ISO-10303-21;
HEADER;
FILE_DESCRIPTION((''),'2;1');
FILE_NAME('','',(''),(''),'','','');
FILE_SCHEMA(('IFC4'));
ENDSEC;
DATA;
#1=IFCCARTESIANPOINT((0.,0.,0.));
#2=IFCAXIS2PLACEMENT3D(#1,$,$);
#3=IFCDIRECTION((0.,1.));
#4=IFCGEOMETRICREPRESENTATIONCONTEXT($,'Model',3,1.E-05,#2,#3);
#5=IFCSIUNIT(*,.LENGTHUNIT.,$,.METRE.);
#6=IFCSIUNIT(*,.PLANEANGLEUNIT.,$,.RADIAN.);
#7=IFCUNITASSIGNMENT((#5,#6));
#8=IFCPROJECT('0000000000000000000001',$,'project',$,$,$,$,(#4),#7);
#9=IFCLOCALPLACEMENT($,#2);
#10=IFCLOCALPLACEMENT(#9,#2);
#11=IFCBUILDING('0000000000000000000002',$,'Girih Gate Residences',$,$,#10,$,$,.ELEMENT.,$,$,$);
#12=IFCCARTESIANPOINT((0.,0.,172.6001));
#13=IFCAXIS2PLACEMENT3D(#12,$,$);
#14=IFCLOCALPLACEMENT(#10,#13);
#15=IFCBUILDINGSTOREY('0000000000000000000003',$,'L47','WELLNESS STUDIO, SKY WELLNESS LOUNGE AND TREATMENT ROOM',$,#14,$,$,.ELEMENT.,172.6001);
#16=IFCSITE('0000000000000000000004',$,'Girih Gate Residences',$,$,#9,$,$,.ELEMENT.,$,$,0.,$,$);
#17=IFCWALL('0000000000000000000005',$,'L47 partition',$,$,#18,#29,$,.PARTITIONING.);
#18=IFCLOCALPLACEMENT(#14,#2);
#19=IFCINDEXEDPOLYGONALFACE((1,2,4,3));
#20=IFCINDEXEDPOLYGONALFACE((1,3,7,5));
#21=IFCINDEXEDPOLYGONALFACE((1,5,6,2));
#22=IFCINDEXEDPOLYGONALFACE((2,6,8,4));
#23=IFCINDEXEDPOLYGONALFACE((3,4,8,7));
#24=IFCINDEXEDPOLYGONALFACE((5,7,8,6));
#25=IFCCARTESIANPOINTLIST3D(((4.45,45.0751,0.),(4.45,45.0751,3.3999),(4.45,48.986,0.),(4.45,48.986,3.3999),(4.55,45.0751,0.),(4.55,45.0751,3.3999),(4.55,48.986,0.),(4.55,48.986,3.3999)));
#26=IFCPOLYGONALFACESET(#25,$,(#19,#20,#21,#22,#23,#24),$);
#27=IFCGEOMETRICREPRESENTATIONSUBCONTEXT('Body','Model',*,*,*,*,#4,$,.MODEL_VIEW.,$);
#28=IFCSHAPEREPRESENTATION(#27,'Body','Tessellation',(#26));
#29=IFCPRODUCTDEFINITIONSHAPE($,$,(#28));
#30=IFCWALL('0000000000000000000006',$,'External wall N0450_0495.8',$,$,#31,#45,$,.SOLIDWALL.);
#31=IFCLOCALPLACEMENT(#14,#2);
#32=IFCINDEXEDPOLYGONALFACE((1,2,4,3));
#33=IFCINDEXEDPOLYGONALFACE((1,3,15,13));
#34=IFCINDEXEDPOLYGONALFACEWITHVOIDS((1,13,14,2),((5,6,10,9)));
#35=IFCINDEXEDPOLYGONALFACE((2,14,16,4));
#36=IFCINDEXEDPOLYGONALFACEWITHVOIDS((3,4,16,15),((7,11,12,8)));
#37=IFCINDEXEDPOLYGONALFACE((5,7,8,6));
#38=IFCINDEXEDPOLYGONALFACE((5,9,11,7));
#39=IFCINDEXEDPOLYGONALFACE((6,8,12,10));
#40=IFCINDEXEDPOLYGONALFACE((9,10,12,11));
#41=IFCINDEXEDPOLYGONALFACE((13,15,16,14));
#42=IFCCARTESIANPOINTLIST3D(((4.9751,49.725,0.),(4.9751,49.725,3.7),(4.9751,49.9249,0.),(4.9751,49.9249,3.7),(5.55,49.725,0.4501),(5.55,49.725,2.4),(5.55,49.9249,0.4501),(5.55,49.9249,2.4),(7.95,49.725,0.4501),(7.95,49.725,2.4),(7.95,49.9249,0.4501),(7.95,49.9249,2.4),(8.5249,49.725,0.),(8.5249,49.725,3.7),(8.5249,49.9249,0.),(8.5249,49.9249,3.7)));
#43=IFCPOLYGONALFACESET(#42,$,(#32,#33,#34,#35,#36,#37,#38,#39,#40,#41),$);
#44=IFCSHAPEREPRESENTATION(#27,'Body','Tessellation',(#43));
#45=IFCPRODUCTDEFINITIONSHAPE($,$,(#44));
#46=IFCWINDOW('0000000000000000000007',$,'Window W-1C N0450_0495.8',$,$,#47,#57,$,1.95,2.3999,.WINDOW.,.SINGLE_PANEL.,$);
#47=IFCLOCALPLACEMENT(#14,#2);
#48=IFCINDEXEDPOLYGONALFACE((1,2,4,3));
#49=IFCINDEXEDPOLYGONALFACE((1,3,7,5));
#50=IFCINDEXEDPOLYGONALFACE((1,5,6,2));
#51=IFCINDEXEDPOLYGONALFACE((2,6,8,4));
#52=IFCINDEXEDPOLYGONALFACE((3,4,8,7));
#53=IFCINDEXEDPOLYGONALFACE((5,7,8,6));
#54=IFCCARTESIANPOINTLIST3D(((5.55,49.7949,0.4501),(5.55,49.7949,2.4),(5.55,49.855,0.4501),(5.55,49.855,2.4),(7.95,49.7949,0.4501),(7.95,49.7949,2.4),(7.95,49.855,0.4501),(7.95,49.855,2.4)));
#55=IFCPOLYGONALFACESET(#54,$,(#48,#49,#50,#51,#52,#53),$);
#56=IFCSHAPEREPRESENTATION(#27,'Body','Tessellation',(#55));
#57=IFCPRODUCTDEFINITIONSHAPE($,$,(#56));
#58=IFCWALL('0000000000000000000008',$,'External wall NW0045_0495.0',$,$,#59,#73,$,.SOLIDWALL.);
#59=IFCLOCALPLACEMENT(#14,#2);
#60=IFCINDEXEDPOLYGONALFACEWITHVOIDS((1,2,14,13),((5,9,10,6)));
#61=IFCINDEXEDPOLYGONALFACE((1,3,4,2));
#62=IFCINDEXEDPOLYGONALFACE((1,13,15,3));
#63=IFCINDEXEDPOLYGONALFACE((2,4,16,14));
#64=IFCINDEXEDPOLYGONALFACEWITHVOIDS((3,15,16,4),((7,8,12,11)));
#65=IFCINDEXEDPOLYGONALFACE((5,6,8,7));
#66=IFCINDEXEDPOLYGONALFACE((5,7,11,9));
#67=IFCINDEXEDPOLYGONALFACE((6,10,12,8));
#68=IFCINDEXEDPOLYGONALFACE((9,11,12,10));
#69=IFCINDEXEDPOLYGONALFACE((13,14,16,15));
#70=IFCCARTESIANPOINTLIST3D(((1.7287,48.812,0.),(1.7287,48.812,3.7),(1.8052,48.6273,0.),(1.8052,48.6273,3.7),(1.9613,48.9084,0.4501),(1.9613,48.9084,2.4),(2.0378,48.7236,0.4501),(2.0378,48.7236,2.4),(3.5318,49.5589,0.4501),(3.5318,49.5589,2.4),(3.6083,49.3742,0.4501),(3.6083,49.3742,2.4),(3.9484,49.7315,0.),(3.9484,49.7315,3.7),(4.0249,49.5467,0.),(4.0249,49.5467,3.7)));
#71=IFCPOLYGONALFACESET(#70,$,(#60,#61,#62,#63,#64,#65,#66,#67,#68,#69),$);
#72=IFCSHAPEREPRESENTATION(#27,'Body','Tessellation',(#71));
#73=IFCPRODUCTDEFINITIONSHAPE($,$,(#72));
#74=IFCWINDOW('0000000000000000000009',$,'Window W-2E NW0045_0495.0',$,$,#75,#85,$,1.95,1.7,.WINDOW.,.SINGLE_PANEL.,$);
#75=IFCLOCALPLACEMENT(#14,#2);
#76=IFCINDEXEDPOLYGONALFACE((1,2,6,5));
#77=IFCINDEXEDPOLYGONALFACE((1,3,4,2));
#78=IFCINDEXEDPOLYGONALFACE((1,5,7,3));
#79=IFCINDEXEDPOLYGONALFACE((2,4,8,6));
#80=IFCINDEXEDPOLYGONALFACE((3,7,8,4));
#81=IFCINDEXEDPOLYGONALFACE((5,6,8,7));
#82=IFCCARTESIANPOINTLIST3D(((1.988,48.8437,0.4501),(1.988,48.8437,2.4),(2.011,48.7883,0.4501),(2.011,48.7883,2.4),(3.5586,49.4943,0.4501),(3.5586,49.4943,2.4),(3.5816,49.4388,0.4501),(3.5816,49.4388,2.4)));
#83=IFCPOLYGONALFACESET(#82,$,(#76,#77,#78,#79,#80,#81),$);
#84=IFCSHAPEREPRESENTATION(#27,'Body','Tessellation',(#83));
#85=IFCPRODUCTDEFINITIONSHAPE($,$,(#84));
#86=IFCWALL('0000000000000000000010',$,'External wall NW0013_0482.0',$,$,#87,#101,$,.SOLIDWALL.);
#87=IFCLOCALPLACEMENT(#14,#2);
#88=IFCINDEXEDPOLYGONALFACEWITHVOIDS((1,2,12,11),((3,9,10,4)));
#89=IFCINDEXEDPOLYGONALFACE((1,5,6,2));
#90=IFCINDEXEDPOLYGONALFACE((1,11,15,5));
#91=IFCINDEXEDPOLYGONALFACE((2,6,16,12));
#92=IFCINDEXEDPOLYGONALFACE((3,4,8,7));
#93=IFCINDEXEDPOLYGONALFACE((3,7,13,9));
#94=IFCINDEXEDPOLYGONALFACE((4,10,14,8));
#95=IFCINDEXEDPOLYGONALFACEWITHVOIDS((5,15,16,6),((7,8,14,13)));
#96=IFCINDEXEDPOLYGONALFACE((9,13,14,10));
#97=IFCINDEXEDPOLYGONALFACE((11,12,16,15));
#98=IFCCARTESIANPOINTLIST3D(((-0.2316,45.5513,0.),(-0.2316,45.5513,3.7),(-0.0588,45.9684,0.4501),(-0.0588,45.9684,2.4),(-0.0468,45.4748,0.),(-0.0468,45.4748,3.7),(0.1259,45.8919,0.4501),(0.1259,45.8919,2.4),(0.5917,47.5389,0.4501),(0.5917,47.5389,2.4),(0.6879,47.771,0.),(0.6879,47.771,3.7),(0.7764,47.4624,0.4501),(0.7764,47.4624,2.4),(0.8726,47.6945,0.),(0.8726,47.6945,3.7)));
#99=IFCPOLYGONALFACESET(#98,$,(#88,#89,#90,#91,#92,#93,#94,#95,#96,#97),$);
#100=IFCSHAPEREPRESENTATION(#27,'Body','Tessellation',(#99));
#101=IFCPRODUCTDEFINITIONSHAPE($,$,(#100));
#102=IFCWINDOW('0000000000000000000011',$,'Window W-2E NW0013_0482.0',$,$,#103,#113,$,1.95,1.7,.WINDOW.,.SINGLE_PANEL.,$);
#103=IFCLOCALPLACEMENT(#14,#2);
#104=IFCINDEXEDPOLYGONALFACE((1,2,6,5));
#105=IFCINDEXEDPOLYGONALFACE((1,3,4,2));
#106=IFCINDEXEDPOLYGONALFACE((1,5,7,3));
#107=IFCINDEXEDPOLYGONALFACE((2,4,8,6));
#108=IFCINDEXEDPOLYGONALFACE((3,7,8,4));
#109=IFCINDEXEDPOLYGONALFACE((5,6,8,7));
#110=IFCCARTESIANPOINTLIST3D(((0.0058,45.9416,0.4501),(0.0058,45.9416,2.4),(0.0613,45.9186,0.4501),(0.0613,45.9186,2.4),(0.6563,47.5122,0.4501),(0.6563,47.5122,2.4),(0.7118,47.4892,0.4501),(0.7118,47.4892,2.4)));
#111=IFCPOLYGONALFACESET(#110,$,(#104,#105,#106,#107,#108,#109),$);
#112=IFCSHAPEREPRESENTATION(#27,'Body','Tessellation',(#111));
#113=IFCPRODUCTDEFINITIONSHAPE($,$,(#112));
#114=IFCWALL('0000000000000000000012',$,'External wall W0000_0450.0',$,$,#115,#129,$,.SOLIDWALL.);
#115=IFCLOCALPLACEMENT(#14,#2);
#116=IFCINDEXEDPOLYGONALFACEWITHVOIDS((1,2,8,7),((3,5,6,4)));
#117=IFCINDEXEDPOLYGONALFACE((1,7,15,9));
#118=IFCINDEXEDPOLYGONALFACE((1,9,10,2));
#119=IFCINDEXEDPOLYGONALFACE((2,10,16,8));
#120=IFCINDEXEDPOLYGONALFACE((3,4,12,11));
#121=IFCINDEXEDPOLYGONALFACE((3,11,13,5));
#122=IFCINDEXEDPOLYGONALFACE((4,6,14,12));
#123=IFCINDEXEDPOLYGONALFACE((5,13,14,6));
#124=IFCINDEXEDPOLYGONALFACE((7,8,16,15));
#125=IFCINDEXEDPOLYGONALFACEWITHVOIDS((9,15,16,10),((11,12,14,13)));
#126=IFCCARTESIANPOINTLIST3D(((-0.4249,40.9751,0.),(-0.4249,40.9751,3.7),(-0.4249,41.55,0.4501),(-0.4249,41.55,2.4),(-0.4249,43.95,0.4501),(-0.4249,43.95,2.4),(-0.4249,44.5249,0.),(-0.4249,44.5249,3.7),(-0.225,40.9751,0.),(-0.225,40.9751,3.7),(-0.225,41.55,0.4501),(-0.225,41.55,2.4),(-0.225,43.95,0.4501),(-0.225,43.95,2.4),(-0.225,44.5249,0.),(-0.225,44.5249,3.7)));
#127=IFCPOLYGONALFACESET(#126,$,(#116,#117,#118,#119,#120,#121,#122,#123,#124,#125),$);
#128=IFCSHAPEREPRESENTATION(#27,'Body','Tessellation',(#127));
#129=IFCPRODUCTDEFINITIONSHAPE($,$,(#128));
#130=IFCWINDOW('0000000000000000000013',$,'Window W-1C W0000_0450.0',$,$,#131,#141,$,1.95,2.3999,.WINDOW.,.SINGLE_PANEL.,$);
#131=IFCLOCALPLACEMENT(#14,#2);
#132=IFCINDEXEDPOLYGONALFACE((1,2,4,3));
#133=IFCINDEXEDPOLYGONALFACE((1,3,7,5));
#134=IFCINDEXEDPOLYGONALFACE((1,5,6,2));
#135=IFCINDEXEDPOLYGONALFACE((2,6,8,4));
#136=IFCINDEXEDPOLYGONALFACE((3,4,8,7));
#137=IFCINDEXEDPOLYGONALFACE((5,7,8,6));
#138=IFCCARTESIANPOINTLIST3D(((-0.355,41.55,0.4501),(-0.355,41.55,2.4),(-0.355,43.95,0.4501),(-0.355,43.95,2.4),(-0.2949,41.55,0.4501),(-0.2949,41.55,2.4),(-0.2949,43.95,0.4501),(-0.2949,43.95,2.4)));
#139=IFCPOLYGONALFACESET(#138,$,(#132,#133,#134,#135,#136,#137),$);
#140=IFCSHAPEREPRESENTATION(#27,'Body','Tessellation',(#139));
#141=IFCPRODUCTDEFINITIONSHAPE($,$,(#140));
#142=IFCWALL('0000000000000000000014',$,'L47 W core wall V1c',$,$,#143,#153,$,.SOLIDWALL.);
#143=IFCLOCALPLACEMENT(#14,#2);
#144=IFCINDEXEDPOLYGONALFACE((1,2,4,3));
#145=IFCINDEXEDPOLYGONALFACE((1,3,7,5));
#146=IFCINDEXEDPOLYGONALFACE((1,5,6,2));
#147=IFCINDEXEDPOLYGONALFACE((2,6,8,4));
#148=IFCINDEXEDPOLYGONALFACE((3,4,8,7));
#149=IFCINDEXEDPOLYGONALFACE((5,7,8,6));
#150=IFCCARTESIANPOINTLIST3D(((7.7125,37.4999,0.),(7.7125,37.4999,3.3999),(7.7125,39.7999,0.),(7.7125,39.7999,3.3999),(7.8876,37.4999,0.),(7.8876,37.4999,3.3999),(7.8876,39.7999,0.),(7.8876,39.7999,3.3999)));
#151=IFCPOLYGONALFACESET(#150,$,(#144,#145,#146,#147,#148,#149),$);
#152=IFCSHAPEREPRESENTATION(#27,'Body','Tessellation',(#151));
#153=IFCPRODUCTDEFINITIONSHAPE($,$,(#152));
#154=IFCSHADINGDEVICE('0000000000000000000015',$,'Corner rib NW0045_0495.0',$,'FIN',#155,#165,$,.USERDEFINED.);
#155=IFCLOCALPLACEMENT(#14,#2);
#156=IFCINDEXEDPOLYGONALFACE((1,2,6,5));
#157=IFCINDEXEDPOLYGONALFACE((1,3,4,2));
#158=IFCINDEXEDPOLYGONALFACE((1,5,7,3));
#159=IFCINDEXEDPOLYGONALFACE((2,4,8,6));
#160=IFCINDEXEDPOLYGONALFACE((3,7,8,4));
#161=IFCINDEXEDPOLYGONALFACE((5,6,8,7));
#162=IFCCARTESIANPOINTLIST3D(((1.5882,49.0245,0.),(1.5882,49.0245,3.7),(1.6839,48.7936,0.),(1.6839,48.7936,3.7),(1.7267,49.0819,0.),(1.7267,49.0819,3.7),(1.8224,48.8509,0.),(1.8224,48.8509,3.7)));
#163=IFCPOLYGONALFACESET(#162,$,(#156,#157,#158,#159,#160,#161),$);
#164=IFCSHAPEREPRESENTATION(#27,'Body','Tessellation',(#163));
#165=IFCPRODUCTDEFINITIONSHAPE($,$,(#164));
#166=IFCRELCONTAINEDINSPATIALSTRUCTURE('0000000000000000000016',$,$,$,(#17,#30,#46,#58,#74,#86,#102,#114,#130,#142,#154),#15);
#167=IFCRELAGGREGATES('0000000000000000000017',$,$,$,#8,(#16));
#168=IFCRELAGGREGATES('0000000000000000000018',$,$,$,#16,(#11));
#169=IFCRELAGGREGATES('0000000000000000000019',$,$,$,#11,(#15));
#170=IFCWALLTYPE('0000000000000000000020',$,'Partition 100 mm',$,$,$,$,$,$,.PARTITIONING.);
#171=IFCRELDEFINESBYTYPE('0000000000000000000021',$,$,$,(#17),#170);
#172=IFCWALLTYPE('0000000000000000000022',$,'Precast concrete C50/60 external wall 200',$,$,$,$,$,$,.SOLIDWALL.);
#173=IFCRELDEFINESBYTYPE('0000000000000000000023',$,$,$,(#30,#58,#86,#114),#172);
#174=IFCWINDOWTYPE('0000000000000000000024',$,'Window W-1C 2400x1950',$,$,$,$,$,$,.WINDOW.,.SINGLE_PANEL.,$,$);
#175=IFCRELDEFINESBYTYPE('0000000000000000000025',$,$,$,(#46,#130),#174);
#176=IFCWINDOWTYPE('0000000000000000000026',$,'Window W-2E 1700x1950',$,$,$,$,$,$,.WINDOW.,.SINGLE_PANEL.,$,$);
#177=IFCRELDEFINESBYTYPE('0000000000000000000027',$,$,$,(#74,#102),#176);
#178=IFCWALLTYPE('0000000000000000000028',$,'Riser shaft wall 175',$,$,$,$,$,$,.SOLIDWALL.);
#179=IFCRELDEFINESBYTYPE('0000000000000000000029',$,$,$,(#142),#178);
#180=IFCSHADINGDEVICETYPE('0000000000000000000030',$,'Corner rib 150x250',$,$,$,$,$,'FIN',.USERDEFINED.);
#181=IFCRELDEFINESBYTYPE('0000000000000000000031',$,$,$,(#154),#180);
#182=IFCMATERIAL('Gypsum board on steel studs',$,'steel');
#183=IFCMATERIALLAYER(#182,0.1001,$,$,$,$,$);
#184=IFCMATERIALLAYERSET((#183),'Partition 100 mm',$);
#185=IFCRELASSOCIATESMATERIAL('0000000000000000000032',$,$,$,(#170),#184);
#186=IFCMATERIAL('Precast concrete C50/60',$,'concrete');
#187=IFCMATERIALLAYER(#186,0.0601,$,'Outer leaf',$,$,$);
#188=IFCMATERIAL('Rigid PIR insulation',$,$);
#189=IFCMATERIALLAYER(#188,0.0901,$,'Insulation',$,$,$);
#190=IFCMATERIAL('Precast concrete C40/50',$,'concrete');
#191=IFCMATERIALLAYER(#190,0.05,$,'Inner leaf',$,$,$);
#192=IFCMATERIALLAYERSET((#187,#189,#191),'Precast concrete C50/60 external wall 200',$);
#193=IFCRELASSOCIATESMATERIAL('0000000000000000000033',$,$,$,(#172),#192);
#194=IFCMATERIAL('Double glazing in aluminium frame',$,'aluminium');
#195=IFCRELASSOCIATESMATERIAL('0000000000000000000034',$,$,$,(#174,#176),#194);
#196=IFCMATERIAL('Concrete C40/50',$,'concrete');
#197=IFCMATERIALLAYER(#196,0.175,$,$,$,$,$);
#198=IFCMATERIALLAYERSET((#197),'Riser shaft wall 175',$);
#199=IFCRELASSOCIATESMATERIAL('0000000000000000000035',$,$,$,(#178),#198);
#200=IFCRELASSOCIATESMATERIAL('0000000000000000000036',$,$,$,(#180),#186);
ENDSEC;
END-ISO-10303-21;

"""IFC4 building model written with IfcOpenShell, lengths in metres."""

from ifc_helpers import new_model, si_unit, direction, frame, frame_2d, origin, origin_2d, place, context, subcontext, project, spatial, rectangle, extrude, material, layer, layer_set, type_object, element, fill, save


model = new_model("IFC4")

# Units and contexts
model_context = context("Model", 3, precision=1e-05, world=origin(), true_north=direction((0.0, 1.0)))
body_context = subcontext(model_context, "Body", "Model", "MODEL_VIEW")
ifc_project = project(units=[si_unit("LENGTHUNIT", "METRE"), si_unit("PLANEANGLEUNIT", "RADIAN")], contexts=[model_context])

# Site, building, storey
site_placement = place(None, origin())
site = spatial("IfcSite", under=ifc_project, at=site_placement, Name="Girih Gate Residences", CompositionType="ELEMENT", RefElevation=0.0)
building_placement = place(site_placement, origin())
building = spatial("IfcBuilding", under=site, at=building_placement, Name="Girih Gate Residences", CompositionType="ELEMENT")
storey_placement = place(building_placement, frame((0.0, 0.0, 172.6001)))
storey = spatial("IfcBuildingStorey", under=building, at=storey_placement, Name="L47", Description="WELLNESS STUDIO, SKY WELLNESS LOUNGE AND TREATMENT ROOM", CompositionType="ELEMENT", Elevation=172.6001)

# Shared definitions
ifc_material_1 = material(Name="Gypsum board on steel studs", Category="steel")

# Wall
ifc_layer_1 = layer(ifc_material_1, 0.1001)
ifc_layer_set_1 = layer_set([ifc_layer_1], Name="Partition 100 mm")
wall_type_1 = type_object("IfcWallType", Name="Partition 100 mm", PredefinedType="PARTITIONING", material=ifc_layer_set_1)
wall_1_placement = place(storey_placement, frame((4.5, 45.075, 0.0), z_axis=(0.0, 0.0, 1.0), x_axis=(0.0, 1.0, 0.0)))
element("IfcWall", 1, at=wall_1_placement, inside=storey, type_object=wall_type_1, Name="L47 partition", PredefinedType="PARTITIONING", context=body_context, shape_type="SweptSolid", body=[
    extrude(rectangle(XDim=3.9109, YDim=0.1001, at=frame_2d((1.9556, 0.0))), origin(), (0.0, 0.0, 1.0), 3.3999),
])

# Walls, openings, windows
ifc_material_2 = material(Name="Precast concrete C50/60", Category="concrete")
ifc_layer_2 = layer(ifc_material_2, 0.0601, Name="Outer leaf")
ifc_material_3 = material(Name="Rigid PIR insulation")
ifc_layer_3 = layer(ifc_material_3, 0.0901, Name="Insulation")
ifc_material_4 = material(Name="Precast concrete C40/50", Category="concrete")
ifc_layer_4 = layer(ifc_material_4, 0.05, Name="Inner leaf")
ifc_layer_set_2 = layer_set([ifc_layer_2, ifc_layer_3, ifc_layer_4], Name="Precast concrete C50/60 external wall 200")
wall_type_2 = type_object("IfcWallType", Name="Precast concrete C50/60 external wall 200", PredefinedType="SOLIDWALL", material=ifc_layer_set_2)
wall_2_placement = place(storey_placement, frame((4.9751, 49.825, 0.0), z_axis=(0.0, 0.0, 1.0), x_axis=(1.0, 0.0, 0.0)))
wall_2 = element("IfcWall", 2, at=wall_2_placement, inside=storey, type_object=wall_type_2, Name="External wall N0450_0495.8", PredefinedType="SOLIDWALL", context=body_context, shape_type="SweptSolid", body=[
    extrude(rectangle(XDim=3.5498, YDim=0.2, at=frame_2d((1.7749, 0.0))), origin(), (0.0, 0.0, 1.0), 3.7),
])
opening_1_placement = place(wall_2_placement, frame((0.575, 0.0, 0.45)))
opening_1 = element("IfcOpeningElement", 3, at=opening_1_placement, cuts=wall_2, PredefinedType="OPENING", context=body_context, shape_type="SweptSolid", body=[
    extrude(rectangle(XDim=2.3999, YDim=1.95, at=frame_2d((1.2, 0.9751))), frame((0.0, 0.1099, 0.0), z_axis=(0.0, -1.0, 0.0), x_axis=(1.0, 0.0, 0.0)), (0.0, 0.0, 1.0), 0.22),
])
ifc_material_5 = material(Name="Double glazing in aluminium frame", Category="aluminium")
window_type_1 = type_object("IfcWindowType", Name="Window W-1C 2400x1950", PartitioningType="SINGLE_PANEL", PredefinedType="WINDOW", material=ifc_material_5)
window_1_placement = place(opening_1_placement, origin())
window_1 = element("IfcWindow", 4, at=window_1_placement, inside=storey, type_object=window_type_1, Name="Window W-1C N0450_0495.8", OverallHeight=1.95, OverallWidth=2.3999, PartitioningType="SINGLE_PANEL", PredefinedType="WINDOW", context=body_context, shape_type="SweptSolid", body=[
    extrude(rectangle(XDim=2.3999, YDim=1.95, at=frame_2d((1.2, 0.9751))), frame((0.0, 0.03, 0.0), z_axis=(0.0, -1.0, 0.0), x_axis=(1.0, 0.0, 0.0)), (0.0, 0.0, 1.0), 0.0601),
])
fill(opening_1, window_1)
wall_3_placement = place(storey_placement, frame((1.7671, 48.7197, 0.0), z_axis=(0.0, 0.0, 1.0), x_axis=(0.923881, 0.382681, 0.0)))
wall_3 = element("IfcWall", 5, at=wall_3_placement, inside=storey, type_object=wall_type_2, Name="External wall NW0045_0495.0", PredefinedType="SOLIDWALL", context=body_context, shape_type="SweptSolid", body=[
    extrude(rectangle(XDim=2.4026, YDim=0.2, at=frame_2d((1.2012, 0.0))), origin(), (0.0, 0.0, 1.0), 3.7),
])
opening_2_placement = place(wall_3_placement, frame((0.2515, 0.0, 0.45)))
opening_2 = element("IfcOpeningElement", 6, at=opening_2_placement, cuts=wall_3, PredefinedType="OPENING", context=body_context, shape_type="SweptSolid", body=[
    extrude(rectangle(XDim=1.7, YDim=1.95, at=frame_2d((0.8501, 0.9751))), frame((0.0, 0.1099, 0.0), z_axis=(0.0, -1.0, 0.0), x_axis=(1.0, 0.0, 0.0)), (0.0, 0.0, 1.0), 0.22),
])
window_type_2 = type_object("IfcWindowType", Name="Window W-2E 1700x1950", PartitioningType="SINGLE_PANEL", PredefinedType="WINDOW", material=ifc_material_5)
window_2_placement = place(opening_2_placement, origin())
window_2 = element("IfcWindow", 7, at=window_2_placement, inside=storey, type_object=window_type_2, Name="Window W-2E NW0045_0495.0", OverallHeight=1.95, OverallWidth=1.7, PartitioningType="SINGLE_PANEL", PredefinedType="WINDOW", context=body_context, shape_type="SweptSolid", body=[
    extrude(rectangle(XDim=1.7, YDim=1.95, at=frame_2d((0.8501, 0.9751))), frame((0.0, 0.03, 0.0), z_axis=(0.0, -1.0, 0.0), x_axis=(1.0, 0.0, 0.0)), (0.0, 0.0, 1.0), 0.0601),
])
fill(opening_2, window_2)
wall_4_placement = place(storey_placement, frame((-0.1392, 45.5132, 0.0), z_axis=(0.0, 0.0, 1.0), x_axis=(0.382681, 0.923881, 0.0)))
wall_4 = element("IfcWall", 8, at=wall_4_placement, inside=storey, type_object=wall_type_2, Name="External wall NW0013_0482.0", PredefinedType="SOLIDWALL", context=body_context, shape_type="SweptSolid", body=[
    extrude(rectangle(XDim=2.4026, YDim=0.2, at=frame_2d((1.2012, 0.0))), origin(), (0.0, 0.0, 1.0), 3.7),
])
opening_3_placement = place(wall_4_placement, frame((0.4512, 0.0, 0.45)))
opening_3 = element("IfcOpeningElement", 9, at=opening_3_placement, cuts=wall_4, PredefinedType="OPENING", context=body_context, shape_type="SweptSolid", body=[
    extrude(rectangle(XDim=1.7, YDim=1.95, at=frame_2d((0.8501, 0.9751))), frame((0.0, 0.1099, 0.0), z_axis=(0.0, -1.0, 0.0), x_axis=(1.0, 0.0, 0.0)), (0.0, 0.0, 1.0), 0.22),
])
window_3_placement = place(opening_3_placement, origin())
window_3 = element("IfcWindow", 10, at=window_3_placement, inside=storey, type_object=window_type_2, Name="Window W-2E NW0013_0482.0", OverallHeight=1.95, OverallWidth=1.7, PartitioningType="SINGLE_PANEL", PredefinedType="WINDOW", context=body_context, shape_type="SweptSolid", body=[
    extrude(rectangle(XDim=1.7, YDim=1.95, at=frame_2d((0.8501, 0.9751))), frame((0.0, 0.03, 0.0), z_axis=(0.0, -1.0, 0.0), x_axis=(1.0, 0.0, 0.0)), (0.0, 0.0, 1.0), 0.0601),
])
fill(opening_3, window_3)
wall_5_placement = place(storey_placement, frame((-0.325, 40.9751, 0.0), z_axis=(0.0, 0.0, 1.0), x_axis=(0.0, 1.0, 0.0)))
wall_5 = element("IfcWall", 11, at=wall_5_placement, inside=storey, type_object=wall_type_2, Name="External wall W0000_0450.0", PredefinedType="SOLIDWALL", context=body_context, shape_type="SweptSolid", body=[
    extrude(rectangle(XDim=3.5498, YDim=0.2, at=frame_2d((1.7749, 0.0))), origin(), (0.0, 0.0, 1.0), 3.7),
])
opening_4_placement = place(wall_5_placement, frame((0.575, 0.0, 0.45)))
opening_4 = element("IfcOpeningElement", 12, at=opening_4_placement, cuts=wall_5, PredefinedType="OPENING", context=body_context, shape_type="SweptSolid", body=[
    extrude(rectangle(XDim=2.3999, YDim=1.95, at=frame_2d((1.2, 0.9751))), frame((0.0, 0.1099, 0.0), z_axis=(0.0, -1.0, 0.0), x_axis=(1.0, 0.0, 0.0)), (0.0, 0.0, 1.0), 0.22),
])
window_4_placement = place(opening_4_placement, origin())
window_4 = element("IfcWindow", 13, at=window_4_placement, inside=storey, type_object=window_type_1, Name="Window W-1C W0000_0450.0", OverallHeight=1.95, OverallWidth=2.3999, PartitioningType="SINGLE_PANEL", PredefinedType="WINDOW", context=body_context, shape_type="SweptSolid", body=[
    extrude(rectangle(XDim=2.3999, YDim=1.95, at=frame_2d((1.2, 0.9751))), frame((0.0, 0.03, 0.0), z_axis=(0.0, -1.0, 0.0), x_axis=(1.0, 0.0, 0.0)), (0.0, 0.0, 1.0), 0.0601),
])
fill(opening_4, window_4)

# Wall
ifc_material_6 = material(Name="Concrete C40/50", Category="concrete")
ifc_layer_5 = layer(ifc_material_6, 0.175)
ifc_layer_set_3 = layer_set([ifc_layer_5], Name="Riser shaft wall 175")
wall_type_3 = type_object("IfcWallType", Name="Riser shaft wall 175", PredefinedType="SOLIDWALL", material=ifc_layer_set_3)
wall_6_placement = place(storey_placement, frame((7.8, 37.5, 0.0), z_axis=(0.0, 0.0, 1.0), x_axis=(0.0, 1.0, 0.0)))
element("IfcWall", 14, at=wall_6_placement, inside=storey, type_object=wall_type_3, Name="L47 W core wall V1c", PredefinedType="SOLIDWALL", context=body_context, shape_type="SweptSolid", body=[
    extrude(rectangle(XDim=2.3, YDim=0.175, at=frame_2d((1.1499, 0.0))), origin(), (0.0, 0.0, 1.0), 3.3999),
])

# Shading device
shading_device_type = type_object("IfcShadingDeviceType", Name="Corner rib 150x250", ElementType="FIN", PredefinedType="USERDEFINED", material=ifc_material_2)
for number, where, z_axis, x_axis, name in (
    (15, (1.7053, 48.9377, 0.0), (0.0, 0.0, 1.0), (-0.92388, -0.382683, 0.0), "Corner rib NW0045_0495.0"),
):
    element("IfcShadingDevice", number, at=place(storey_placement, frame(where, z_axis=z_axis, x_axis=x_axis)), inside=storey, type_object=shading_device_type, Name=name, ObjectType="FIN", PredefinedType="USERDEFINED", context=body_context, shape_type="SweptSolid", body=[
        extrude(rectangle(XDim=0.1499, YDim=0.25, at=origin_2d()), origin(), (0.0, 0.0, 1.0), 3.7),
    ])

save(model, "model.ifc")
